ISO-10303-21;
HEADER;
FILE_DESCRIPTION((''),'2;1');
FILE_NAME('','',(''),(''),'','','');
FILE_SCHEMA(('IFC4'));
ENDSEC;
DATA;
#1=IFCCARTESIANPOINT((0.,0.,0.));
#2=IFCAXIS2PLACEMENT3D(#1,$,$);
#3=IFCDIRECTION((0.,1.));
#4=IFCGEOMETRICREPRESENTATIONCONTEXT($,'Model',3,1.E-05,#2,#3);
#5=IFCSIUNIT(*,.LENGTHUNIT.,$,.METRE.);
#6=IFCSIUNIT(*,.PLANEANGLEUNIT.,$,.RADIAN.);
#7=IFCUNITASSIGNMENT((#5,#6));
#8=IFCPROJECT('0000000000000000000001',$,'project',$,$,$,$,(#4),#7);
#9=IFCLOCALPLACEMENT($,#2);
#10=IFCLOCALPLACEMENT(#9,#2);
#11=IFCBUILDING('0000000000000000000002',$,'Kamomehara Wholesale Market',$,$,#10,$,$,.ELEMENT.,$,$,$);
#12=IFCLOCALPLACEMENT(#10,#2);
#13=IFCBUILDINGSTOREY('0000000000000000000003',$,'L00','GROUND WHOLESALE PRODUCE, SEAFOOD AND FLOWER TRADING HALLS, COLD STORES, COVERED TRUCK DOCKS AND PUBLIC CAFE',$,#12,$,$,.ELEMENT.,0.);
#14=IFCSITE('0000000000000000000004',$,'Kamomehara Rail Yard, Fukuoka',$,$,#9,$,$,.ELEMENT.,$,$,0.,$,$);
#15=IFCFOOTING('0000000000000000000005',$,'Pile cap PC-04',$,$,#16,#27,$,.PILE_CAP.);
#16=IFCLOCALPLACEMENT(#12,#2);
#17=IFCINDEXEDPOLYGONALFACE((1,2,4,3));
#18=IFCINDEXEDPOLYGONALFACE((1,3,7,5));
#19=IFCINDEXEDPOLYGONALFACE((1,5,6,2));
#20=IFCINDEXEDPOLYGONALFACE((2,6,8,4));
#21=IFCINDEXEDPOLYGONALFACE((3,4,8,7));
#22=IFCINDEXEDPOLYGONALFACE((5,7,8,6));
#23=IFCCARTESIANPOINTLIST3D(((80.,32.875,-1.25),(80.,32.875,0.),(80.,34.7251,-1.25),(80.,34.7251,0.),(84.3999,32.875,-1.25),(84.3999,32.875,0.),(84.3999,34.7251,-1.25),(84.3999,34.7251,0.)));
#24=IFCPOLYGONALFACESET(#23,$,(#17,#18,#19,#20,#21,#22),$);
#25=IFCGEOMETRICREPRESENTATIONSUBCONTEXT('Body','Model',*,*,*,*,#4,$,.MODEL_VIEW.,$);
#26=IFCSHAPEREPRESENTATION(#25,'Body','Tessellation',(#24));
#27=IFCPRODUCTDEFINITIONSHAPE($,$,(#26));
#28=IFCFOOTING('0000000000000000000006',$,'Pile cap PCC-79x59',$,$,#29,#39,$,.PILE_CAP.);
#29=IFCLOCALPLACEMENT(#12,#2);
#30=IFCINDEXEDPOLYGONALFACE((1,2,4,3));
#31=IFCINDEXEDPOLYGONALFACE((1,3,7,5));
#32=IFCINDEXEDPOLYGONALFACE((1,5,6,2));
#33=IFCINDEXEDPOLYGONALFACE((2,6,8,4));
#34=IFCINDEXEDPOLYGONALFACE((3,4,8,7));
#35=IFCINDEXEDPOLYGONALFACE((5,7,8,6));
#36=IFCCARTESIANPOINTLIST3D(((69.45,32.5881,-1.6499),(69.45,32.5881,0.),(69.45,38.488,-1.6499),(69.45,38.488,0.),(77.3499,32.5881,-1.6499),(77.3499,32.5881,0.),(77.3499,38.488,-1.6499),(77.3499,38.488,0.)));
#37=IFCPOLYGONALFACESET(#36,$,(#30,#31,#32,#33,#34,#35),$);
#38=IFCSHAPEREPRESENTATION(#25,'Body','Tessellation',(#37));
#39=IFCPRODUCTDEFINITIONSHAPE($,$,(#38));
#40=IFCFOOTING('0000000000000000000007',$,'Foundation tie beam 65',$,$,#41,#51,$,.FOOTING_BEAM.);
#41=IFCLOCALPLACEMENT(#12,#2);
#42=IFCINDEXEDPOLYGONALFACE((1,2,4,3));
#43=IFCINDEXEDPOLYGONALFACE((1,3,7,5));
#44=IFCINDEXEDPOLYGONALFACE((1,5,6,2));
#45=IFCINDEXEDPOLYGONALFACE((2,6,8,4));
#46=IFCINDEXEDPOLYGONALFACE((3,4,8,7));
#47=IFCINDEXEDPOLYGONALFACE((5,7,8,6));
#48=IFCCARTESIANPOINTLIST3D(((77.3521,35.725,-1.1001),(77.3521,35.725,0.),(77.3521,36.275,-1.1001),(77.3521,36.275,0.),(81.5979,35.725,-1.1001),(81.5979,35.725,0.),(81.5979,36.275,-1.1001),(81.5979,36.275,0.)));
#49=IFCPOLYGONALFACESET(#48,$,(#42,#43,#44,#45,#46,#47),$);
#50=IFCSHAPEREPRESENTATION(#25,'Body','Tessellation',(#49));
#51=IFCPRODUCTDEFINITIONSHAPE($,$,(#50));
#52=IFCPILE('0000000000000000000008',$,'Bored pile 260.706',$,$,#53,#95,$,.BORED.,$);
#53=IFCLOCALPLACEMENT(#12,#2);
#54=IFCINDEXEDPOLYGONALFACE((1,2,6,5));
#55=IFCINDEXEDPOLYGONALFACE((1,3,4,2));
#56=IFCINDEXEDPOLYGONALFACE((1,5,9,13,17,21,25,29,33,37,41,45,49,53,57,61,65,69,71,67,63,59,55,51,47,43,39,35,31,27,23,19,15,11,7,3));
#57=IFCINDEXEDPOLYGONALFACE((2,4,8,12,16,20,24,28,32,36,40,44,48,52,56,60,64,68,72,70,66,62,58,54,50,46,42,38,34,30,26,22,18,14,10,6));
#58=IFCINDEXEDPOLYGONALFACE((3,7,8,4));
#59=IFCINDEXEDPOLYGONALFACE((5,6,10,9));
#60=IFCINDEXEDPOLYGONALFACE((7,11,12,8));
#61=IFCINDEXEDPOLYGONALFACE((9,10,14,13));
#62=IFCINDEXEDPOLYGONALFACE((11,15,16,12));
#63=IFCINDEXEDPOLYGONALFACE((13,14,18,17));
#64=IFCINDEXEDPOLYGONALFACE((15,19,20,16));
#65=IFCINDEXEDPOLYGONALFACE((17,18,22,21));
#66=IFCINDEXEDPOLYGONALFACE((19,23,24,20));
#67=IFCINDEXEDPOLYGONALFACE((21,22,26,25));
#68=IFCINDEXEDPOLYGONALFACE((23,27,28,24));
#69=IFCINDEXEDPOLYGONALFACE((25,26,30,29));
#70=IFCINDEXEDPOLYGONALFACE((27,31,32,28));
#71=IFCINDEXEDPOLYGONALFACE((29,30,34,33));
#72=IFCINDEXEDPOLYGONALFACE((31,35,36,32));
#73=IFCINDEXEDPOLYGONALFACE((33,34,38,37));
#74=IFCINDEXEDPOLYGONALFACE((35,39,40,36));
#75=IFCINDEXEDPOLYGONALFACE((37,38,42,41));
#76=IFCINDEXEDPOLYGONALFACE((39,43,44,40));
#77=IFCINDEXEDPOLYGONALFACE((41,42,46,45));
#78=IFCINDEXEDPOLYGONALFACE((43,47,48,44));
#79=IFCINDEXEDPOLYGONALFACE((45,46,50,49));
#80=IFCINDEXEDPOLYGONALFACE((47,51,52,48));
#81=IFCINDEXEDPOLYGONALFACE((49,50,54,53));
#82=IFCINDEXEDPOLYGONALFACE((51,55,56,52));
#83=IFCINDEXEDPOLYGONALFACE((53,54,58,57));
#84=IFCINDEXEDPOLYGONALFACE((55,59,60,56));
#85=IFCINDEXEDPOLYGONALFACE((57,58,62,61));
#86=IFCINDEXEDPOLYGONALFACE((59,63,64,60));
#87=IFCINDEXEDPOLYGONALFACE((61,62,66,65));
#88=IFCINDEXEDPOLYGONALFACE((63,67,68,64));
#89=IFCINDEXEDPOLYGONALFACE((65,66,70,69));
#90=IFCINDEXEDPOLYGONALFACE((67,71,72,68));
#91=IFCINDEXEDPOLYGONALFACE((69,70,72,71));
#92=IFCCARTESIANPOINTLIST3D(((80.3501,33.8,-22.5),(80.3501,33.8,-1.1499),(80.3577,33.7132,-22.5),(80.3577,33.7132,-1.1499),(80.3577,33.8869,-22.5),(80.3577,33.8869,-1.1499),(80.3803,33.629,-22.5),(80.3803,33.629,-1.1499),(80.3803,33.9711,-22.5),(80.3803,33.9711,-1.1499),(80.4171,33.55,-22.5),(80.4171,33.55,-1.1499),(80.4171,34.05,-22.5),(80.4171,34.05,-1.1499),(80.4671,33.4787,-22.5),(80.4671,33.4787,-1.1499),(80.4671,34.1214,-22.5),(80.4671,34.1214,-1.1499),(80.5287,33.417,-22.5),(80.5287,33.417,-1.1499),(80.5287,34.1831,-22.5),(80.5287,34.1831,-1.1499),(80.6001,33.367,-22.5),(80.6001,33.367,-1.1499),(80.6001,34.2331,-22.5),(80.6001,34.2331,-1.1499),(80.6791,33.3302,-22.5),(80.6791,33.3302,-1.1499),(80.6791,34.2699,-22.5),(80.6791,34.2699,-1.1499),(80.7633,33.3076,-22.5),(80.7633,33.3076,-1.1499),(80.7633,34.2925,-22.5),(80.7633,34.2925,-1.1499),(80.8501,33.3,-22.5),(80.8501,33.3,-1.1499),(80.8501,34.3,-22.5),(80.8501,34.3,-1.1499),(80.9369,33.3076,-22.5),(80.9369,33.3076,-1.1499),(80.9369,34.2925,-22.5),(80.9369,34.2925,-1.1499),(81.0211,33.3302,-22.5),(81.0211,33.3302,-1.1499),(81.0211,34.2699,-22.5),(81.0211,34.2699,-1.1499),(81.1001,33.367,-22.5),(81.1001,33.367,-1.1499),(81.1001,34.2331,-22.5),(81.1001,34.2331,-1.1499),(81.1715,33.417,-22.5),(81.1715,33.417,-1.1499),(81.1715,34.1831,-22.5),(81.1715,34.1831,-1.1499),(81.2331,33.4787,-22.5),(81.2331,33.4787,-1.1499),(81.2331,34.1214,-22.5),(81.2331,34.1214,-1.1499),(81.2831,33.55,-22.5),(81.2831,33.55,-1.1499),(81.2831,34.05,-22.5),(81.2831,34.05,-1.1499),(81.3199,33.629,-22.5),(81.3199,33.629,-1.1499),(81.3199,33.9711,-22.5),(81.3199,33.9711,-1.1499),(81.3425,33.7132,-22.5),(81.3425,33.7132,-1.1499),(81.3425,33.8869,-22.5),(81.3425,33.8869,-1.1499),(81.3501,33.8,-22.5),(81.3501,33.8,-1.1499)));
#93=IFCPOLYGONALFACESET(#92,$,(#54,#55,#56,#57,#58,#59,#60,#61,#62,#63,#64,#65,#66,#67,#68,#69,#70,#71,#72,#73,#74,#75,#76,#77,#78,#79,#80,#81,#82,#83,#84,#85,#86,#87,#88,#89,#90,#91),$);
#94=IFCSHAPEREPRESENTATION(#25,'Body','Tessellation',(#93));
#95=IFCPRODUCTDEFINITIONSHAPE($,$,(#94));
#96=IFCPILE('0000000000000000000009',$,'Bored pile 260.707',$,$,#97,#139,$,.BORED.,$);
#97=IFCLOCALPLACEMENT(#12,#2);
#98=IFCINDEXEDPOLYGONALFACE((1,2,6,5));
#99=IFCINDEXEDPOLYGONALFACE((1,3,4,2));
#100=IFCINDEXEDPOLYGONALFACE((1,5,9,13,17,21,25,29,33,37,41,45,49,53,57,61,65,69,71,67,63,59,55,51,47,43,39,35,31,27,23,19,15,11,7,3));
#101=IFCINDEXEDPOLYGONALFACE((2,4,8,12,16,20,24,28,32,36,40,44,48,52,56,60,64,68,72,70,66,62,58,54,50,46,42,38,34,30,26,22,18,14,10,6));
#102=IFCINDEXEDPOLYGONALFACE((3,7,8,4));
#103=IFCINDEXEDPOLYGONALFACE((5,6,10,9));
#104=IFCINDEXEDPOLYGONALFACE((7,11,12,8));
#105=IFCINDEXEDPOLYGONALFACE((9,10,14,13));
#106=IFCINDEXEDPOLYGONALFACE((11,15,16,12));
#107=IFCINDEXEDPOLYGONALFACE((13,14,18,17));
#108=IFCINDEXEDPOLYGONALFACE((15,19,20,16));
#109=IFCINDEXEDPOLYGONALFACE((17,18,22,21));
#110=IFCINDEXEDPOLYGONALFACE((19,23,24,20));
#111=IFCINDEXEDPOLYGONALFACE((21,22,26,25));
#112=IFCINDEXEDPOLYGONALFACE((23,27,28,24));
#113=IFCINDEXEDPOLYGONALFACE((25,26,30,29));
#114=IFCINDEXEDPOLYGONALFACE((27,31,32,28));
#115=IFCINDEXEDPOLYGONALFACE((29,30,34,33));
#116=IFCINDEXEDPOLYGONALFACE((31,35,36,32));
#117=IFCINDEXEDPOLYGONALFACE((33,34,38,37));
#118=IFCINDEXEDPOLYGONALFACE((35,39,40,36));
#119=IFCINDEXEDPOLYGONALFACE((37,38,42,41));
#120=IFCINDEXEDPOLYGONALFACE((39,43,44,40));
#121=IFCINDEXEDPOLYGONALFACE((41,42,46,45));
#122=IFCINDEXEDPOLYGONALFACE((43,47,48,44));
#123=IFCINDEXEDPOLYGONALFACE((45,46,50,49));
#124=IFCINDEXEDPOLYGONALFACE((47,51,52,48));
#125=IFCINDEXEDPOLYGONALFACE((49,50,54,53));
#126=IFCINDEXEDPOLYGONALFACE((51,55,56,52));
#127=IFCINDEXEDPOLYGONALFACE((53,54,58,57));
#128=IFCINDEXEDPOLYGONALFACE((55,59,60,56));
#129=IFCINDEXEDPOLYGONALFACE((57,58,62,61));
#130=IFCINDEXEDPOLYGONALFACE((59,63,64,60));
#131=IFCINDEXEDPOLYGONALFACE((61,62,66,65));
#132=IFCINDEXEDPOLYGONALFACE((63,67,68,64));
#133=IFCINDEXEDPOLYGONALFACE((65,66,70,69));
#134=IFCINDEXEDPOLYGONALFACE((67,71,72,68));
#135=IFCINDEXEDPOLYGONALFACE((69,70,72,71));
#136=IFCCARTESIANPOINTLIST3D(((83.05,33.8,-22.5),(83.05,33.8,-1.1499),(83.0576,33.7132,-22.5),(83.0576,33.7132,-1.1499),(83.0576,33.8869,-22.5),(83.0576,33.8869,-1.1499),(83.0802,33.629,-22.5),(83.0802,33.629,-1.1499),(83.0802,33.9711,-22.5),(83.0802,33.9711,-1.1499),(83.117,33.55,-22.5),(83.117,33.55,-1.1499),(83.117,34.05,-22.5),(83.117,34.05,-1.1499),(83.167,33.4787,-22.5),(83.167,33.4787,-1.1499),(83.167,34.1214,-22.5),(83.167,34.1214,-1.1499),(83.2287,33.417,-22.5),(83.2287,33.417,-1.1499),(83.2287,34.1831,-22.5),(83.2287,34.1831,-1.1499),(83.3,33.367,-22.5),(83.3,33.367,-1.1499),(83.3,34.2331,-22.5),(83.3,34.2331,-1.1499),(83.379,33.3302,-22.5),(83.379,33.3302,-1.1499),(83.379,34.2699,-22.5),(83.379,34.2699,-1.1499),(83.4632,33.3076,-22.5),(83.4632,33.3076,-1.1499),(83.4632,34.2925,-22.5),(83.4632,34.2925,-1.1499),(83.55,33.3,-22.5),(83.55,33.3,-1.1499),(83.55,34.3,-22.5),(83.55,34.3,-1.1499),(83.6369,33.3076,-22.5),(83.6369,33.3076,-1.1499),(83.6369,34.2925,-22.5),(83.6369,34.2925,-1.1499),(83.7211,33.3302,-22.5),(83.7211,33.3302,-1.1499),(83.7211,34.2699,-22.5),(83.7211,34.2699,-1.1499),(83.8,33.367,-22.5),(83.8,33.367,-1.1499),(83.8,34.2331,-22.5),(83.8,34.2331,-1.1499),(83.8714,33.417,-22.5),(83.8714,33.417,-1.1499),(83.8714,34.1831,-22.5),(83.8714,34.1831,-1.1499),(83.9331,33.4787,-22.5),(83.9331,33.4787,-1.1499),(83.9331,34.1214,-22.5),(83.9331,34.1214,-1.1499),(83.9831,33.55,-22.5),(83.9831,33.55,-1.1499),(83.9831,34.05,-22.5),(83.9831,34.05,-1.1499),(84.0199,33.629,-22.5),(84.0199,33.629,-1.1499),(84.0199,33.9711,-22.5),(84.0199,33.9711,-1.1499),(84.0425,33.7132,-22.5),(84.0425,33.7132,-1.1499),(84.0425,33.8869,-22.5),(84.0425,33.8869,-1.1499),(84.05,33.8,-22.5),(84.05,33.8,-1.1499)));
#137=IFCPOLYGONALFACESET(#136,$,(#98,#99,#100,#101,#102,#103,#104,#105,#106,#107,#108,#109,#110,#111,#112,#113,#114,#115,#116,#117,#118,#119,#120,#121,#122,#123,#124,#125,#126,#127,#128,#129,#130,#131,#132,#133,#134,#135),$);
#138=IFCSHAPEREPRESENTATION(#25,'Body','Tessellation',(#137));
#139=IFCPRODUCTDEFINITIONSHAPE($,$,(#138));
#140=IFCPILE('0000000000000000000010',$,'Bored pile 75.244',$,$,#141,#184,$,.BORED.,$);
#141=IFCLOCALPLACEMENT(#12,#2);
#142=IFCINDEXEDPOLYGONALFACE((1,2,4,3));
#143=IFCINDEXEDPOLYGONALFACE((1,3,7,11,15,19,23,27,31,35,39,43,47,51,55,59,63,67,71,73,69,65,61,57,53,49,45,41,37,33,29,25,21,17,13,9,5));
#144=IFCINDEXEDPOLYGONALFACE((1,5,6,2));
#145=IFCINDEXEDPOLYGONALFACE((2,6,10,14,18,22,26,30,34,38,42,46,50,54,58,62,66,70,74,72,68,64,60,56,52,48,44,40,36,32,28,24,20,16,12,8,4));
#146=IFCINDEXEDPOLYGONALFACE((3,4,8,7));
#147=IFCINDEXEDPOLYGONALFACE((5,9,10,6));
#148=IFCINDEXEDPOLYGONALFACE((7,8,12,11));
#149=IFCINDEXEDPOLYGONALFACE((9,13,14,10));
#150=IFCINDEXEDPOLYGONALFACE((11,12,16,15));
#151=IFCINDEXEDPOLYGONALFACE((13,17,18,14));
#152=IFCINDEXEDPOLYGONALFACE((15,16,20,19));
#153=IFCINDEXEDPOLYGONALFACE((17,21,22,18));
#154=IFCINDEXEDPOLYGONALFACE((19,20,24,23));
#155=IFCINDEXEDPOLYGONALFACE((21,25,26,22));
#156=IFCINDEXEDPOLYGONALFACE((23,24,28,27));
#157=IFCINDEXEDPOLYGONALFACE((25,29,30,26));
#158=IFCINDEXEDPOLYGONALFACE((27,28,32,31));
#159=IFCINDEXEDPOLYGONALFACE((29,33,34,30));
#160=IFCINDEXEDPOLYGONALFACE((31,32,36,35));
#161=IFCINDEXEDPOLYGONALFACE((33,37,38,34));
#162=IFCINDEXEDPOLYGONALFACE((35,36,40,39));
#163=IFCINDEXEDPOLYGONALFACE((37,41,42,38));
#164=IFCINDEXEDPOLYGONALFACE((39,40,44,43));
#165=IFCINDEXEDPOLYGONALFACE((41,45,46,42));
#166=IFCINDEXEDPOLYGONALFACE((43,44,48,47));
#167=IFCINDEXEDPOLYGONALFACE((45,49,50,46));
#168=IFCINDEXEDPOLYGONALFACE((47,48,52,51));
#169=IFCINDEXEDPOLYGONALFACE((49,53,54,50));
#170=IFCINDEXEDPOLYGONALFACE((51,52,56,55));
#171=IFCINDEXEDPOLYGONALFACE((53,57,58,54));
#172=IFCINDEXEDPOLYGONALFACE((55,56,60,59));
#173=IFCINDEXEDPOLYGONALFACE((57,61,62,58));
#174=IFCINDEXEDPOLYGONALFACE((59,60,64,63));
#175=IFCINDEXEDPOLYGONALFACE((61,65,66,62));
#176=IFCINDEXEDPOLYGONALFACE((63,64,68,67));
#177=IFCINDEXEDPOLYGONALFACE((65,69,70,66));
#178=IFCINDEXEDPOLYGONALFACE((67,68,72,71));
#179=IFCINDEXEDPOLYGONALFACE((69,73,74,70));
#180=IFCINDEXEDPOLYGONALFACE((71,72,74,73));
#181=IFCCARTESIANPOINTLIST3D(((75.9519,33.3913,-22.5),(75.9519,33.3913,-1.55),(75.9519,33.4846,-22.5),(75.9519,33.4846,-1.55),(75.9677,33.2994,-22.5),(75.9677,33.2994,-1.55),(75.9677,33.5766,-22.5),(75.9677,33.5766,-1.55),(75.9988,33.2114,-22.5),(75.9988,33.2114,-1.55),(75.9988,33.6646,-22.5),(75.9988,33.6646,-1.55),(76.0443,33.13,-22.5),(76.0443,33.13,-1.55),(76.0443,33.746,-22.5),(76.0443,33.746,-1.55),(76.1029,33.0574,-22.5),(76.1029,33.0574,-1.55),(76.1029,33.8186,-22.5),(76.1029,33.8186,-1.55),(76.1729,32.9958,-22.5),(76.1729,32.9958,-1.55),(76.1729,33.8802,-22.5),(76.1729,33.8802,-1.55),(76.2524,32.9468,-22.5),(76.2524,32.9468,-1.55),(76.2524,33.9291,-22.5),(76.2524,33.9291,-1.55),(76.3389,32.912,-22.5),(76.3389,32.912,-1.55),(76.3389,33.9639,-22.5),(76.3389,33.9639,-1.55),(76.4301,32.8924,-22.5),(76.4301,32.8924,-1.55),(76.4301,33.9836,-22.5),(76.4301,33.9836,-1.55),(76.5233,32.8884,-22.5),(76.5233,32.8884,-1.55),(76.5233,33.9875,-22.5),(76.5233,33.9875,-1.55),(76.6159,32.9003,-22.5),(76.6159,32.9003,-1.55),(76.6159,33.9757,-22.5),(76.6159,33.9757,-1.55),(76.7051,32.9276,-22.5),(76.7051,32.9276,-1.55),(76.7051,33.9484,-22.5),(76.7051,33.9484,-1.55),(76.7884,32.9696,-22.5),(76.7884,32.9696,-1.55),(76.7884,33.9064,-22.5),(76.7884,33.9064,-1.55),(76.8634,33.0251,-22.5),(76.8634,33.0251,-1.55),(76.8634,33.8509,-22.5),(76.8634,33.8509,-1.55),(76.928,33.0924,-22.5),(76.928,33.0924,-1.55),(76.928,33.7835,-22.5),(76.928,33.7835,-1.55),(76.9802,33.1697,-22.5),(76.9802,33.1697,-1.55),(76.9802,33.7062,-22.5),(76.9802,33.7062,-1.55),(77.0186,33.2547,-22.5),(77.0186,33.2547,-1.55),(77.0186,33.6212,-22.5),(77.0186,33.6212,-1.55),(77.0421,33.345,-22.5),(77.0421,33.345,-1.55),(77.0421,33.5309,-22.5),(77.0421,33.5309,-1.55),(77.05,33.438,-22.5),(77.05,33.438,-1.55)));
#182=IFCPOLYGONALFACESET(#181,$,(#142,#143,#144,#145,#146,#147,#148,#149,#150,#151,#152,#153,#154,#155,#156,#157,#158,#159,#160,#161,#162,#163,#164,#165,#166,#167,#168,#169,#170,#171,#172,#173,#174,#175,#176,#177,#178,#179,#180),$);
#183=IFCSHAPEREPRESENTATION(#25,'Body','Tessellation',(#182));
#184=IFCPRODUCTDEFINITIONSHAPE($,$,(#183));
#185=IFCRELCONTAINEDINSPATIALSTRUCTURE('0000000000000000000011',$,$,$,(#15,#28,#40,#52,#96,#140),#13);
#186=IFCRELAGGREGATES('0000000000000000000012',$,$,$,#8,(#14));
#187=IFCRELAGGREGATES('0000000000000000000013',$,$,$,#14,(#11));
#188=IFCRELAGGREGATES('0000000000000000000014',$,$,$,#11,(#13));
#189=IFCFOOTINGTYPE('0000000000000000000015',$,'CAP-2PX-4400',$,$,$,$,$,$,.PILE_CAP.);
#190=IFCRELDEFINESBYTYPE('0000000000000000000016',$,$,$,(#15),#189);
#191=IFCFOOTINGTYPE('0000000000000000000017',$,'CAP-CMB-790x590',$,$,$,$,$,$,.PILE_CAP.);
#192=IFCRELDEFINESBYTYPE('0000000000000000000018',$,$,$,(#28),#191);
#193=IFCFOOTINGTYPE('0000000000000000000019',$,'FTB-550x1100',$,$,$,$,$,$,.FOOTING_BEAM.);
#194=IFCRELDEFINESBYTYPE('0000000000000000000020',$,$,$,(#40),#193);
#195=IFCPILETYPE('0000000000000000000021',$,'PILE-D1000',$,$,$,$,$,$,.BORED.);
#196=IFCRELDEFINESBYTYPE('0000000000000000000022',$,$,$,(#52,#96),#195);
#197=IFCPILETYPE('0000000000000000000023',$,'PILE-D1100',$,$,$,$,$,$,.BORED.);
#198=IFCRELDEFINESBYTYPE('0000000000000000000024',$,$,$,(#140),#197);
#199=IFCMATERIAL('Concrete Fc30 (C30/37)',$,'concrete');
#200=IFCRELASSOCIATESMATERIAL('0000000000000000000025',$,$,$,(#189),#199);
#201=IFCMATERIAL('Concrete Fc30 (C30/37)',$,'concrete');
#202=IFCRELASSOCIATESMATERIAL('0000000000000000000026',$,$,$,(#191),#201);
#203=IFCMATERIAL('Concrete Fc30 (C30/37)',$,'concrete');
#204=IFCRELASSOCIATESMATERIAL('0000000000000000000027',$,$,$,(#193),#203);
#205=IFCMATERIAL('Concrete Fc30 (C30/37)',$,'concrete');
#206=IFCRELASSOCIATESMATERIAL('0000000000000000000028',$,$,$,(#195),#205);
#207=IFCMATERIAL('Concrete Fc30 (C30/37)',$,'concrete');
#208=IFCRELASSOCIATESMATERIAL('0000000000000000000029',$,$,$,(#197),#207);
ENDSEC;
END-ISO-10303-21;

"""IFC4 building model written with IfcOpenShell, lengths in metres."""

from ifc_helpers import new_model, si_unit, direction, frame, origin, origin_2d, place, context, subcontext, project, spatial, rectangle, circle, extrude, material, material_profile, profile_set, type_object, element, save


model = new_model("IFC4")

# Units and contexts
model_context = context("Model", 3, precision=1e-05, world=origin(), true_north=direction((0.0, 1.0)))
body_context = subcontext(model_context, "Body", "Model", "MODEL_VIEW")
ifc_project = project(units=[si_unit("LENGTHUNIT", "METRE"), si_unit("PLANEANGLEUNIT", "RADIAN")], contexts=[model_context])

# Site, building, storey
site_placement = place(None, origin())
site = spatial("IfcSite", under=ifc_project, at=site_placement, Name="Kamomehara Rail Yard, Fukuoka", CompositionType="ELEMENT", RefElevation=0.0)
building_placement = place(site_placement, origin())
building = spatial("IfcBuilding", under=site, at=building_placement, Name="Kamomehara Wholesale Market", CompositionType="ELEMENT")
storey_placement = place(building_placement, origin())
storey = spatial("IfcBuildingStorey", under=building, at=storey_placement, Name="L00", Description="GROUND WHOLESALE PRODUCE, SEAFOOD AND FLOWER TRADING HALLS, COLD STORES, COVERED TRUCK DOCKS AND PUBLIC CAFE", CompositionType="ELEMENT", Elevation=0.0)

# Footings
ifc_material_1 = material(Name="Concrete Fc30 (C30/37)", Category="concrete")
footing_type_1 = type_object("IfcFootingType", Name="CAP-2PX-4400", PredefinedType="PILE_CAP", material=ifc_material_1)
footing_1_placement = place(storey_placement, frame((82.2, 33.8, -1.25), z_axis=(0.0, 0.0, 1.0), x_axis=(1.0, 0.0, 0.0)))
element("IfcFooting", 1, at=footing_1_placement, inside=storey, type_object=footing_type_1, Name="Pile cap PC-04", PredefinedType="PILE_CAP", context=body_context, shape_type="SweptSolid", body=[
    extrude(rectangle(XDim=4.3999, YDim=1.8501, at=origin_2d()), origin(), (0.0, 0.0, 1.0), 1.25),
])
ifc_material_2 = material(Name="Concrete Fc30 (C30/37)", Category="concrete")
footing_type_2 = type_object("IfcFootingType", Name="CAP-CMB-790x590", PredefinedType="PILE_CAP", material=ifc_material_2)
footing_2_placement = place(storey_placement, frame((73.3999, 35.5381, -1.6499), z_axis=(0.0, 0.0, 1.0), x_axis=(1.0, 0.0, 0.0)))
element("IfcFooting", 2, at=footing_2_placement, inside=storey, type_object=footing_type_2, Name="Pile cap PCC-79x59", PredefinedType="PILE_CAP", context=body_context, shape_type="SweptSolid", body=[
    extrude(rectangle(XDim=7.8999, YDim=5.8999, at=origin_2d()), origin(), (0.0, 0.0, 1.0), 1.6499),
])
ifc_material_3 = material(Name="Concrete Fc30 (C30/37)", Category="concrete")
ifc_material_profile_1 = material_profile(ifc_material_3, rectangle(XDim=0.55, YDim=1.1001, at=origin_2d()), Name="RC-FTB-550x1100")
ifc_profile_set_1 = profile_set([ifc_material_profile_1], Name="Concrete Fc30 (C30/37)")
footing_type_3 = type_object("IfcFootingType", Name="FTB-550x1100", PredefinedType="FOOTING_BEAM", material=ifc_profile_set_1)
footing_3_placement = place(storey_placement, frame((77.3521, 36.0, -0.55), z_axis=(1.0, 0.0, 0.0), x_axis=(0.0, 1.0, 0.0)))
element("IfcFooting", 3, at=footing_3_placement, inside=storey, type_object=footing_type_3, Name="Foundation tie beam 65", PredefinedType="FOOTING_BEAM", context=body_context, shape_type="SweptSolid", body=[
    extrude(rectangle(XDim=0.55, YDim=1.1001, at=origin_2d()), origin(), (0.0, 0.0, 1.0), 4.2458),
])

# Piles
ifc_material_4 = material(Name="Concrete Fc30 (C30/37)", Category="concrete")
ifc_material_profile_2 = material_profile(ifc_material_4, circle(Radius=0.5, at=origin_2d()), Name="RC-PILE-D1000")
ifc_profile_set_2 = profile_set([ifc_material_profile_2], Name="Concrete Fc30 (C30/37)")
pile_type_1 = type_object("IfcPileType", Name="PILE-D1000", PredefinedType="BORED", material=ifc_profile_set_2)
for number, where, z_axis, x_axis, name in (
    (4, (80.8501, 33.8, -1.1499), (0.0, 0.0, -1.0), (1.0, 0.0, 0.0), "Bored pile 260.706"),
    (5, (83.55, 33.8, -1.1499), (0.0, 0.0, -1.0), (1.0, 0.0, 0.0), "Bored pile 260.707"),
):
    element("IfcPile", number, at=place(storey_placement, frame(where, z_axis=z_axis, x_axis=x_axis)), inside=storey, type_object=pile_type_1, Name=name, PredefinedType="BORED", context=body_context, shape_type="SweptSolid", body=[
        extrude(circle(Radius=0.5, at=origin_2d()), origin(), (0.0, 0.0, 1.0), 21.3501),
    ])
ifc_material_5 = material(Name="Concrete Fc30 (C30/37)", Category="concrete")
ifc_material_profile_3 = material_profile(ifc_material_5, circle(Radius=0.55, at=origin_2d()), Name="RC-PILE-D1100")
ifc_profile_set_3 = profile_set([ifc_material_profile_3], Name="Concrete Fc30 (C30/37)")
pile_type_2 = type_object("IfcPileType", Name="PILE-D1100", PredefinedType="BORED", material=ifc_profile_set_3)
pile_placement = place(storey_placement, frame((76.5, 33.438, -1.55), z_axis=(0.0, 0.0, -1.0), x_axis=(1.0, 0.0, 0.0)))
element("IfcPile", 6, at=pile_placement, inside=storey, type_object=pile_type_2, Name="Bored pile 75.244", PredefinedType="BORED", context=body_context, shape_type="SweptSolid", body=[
    extrude(circle(Radius=0.55, at=origin_2d()), origin(), (0.0, 0.0, 1.0), 20.95),
])

save(model, "model.ifc")
